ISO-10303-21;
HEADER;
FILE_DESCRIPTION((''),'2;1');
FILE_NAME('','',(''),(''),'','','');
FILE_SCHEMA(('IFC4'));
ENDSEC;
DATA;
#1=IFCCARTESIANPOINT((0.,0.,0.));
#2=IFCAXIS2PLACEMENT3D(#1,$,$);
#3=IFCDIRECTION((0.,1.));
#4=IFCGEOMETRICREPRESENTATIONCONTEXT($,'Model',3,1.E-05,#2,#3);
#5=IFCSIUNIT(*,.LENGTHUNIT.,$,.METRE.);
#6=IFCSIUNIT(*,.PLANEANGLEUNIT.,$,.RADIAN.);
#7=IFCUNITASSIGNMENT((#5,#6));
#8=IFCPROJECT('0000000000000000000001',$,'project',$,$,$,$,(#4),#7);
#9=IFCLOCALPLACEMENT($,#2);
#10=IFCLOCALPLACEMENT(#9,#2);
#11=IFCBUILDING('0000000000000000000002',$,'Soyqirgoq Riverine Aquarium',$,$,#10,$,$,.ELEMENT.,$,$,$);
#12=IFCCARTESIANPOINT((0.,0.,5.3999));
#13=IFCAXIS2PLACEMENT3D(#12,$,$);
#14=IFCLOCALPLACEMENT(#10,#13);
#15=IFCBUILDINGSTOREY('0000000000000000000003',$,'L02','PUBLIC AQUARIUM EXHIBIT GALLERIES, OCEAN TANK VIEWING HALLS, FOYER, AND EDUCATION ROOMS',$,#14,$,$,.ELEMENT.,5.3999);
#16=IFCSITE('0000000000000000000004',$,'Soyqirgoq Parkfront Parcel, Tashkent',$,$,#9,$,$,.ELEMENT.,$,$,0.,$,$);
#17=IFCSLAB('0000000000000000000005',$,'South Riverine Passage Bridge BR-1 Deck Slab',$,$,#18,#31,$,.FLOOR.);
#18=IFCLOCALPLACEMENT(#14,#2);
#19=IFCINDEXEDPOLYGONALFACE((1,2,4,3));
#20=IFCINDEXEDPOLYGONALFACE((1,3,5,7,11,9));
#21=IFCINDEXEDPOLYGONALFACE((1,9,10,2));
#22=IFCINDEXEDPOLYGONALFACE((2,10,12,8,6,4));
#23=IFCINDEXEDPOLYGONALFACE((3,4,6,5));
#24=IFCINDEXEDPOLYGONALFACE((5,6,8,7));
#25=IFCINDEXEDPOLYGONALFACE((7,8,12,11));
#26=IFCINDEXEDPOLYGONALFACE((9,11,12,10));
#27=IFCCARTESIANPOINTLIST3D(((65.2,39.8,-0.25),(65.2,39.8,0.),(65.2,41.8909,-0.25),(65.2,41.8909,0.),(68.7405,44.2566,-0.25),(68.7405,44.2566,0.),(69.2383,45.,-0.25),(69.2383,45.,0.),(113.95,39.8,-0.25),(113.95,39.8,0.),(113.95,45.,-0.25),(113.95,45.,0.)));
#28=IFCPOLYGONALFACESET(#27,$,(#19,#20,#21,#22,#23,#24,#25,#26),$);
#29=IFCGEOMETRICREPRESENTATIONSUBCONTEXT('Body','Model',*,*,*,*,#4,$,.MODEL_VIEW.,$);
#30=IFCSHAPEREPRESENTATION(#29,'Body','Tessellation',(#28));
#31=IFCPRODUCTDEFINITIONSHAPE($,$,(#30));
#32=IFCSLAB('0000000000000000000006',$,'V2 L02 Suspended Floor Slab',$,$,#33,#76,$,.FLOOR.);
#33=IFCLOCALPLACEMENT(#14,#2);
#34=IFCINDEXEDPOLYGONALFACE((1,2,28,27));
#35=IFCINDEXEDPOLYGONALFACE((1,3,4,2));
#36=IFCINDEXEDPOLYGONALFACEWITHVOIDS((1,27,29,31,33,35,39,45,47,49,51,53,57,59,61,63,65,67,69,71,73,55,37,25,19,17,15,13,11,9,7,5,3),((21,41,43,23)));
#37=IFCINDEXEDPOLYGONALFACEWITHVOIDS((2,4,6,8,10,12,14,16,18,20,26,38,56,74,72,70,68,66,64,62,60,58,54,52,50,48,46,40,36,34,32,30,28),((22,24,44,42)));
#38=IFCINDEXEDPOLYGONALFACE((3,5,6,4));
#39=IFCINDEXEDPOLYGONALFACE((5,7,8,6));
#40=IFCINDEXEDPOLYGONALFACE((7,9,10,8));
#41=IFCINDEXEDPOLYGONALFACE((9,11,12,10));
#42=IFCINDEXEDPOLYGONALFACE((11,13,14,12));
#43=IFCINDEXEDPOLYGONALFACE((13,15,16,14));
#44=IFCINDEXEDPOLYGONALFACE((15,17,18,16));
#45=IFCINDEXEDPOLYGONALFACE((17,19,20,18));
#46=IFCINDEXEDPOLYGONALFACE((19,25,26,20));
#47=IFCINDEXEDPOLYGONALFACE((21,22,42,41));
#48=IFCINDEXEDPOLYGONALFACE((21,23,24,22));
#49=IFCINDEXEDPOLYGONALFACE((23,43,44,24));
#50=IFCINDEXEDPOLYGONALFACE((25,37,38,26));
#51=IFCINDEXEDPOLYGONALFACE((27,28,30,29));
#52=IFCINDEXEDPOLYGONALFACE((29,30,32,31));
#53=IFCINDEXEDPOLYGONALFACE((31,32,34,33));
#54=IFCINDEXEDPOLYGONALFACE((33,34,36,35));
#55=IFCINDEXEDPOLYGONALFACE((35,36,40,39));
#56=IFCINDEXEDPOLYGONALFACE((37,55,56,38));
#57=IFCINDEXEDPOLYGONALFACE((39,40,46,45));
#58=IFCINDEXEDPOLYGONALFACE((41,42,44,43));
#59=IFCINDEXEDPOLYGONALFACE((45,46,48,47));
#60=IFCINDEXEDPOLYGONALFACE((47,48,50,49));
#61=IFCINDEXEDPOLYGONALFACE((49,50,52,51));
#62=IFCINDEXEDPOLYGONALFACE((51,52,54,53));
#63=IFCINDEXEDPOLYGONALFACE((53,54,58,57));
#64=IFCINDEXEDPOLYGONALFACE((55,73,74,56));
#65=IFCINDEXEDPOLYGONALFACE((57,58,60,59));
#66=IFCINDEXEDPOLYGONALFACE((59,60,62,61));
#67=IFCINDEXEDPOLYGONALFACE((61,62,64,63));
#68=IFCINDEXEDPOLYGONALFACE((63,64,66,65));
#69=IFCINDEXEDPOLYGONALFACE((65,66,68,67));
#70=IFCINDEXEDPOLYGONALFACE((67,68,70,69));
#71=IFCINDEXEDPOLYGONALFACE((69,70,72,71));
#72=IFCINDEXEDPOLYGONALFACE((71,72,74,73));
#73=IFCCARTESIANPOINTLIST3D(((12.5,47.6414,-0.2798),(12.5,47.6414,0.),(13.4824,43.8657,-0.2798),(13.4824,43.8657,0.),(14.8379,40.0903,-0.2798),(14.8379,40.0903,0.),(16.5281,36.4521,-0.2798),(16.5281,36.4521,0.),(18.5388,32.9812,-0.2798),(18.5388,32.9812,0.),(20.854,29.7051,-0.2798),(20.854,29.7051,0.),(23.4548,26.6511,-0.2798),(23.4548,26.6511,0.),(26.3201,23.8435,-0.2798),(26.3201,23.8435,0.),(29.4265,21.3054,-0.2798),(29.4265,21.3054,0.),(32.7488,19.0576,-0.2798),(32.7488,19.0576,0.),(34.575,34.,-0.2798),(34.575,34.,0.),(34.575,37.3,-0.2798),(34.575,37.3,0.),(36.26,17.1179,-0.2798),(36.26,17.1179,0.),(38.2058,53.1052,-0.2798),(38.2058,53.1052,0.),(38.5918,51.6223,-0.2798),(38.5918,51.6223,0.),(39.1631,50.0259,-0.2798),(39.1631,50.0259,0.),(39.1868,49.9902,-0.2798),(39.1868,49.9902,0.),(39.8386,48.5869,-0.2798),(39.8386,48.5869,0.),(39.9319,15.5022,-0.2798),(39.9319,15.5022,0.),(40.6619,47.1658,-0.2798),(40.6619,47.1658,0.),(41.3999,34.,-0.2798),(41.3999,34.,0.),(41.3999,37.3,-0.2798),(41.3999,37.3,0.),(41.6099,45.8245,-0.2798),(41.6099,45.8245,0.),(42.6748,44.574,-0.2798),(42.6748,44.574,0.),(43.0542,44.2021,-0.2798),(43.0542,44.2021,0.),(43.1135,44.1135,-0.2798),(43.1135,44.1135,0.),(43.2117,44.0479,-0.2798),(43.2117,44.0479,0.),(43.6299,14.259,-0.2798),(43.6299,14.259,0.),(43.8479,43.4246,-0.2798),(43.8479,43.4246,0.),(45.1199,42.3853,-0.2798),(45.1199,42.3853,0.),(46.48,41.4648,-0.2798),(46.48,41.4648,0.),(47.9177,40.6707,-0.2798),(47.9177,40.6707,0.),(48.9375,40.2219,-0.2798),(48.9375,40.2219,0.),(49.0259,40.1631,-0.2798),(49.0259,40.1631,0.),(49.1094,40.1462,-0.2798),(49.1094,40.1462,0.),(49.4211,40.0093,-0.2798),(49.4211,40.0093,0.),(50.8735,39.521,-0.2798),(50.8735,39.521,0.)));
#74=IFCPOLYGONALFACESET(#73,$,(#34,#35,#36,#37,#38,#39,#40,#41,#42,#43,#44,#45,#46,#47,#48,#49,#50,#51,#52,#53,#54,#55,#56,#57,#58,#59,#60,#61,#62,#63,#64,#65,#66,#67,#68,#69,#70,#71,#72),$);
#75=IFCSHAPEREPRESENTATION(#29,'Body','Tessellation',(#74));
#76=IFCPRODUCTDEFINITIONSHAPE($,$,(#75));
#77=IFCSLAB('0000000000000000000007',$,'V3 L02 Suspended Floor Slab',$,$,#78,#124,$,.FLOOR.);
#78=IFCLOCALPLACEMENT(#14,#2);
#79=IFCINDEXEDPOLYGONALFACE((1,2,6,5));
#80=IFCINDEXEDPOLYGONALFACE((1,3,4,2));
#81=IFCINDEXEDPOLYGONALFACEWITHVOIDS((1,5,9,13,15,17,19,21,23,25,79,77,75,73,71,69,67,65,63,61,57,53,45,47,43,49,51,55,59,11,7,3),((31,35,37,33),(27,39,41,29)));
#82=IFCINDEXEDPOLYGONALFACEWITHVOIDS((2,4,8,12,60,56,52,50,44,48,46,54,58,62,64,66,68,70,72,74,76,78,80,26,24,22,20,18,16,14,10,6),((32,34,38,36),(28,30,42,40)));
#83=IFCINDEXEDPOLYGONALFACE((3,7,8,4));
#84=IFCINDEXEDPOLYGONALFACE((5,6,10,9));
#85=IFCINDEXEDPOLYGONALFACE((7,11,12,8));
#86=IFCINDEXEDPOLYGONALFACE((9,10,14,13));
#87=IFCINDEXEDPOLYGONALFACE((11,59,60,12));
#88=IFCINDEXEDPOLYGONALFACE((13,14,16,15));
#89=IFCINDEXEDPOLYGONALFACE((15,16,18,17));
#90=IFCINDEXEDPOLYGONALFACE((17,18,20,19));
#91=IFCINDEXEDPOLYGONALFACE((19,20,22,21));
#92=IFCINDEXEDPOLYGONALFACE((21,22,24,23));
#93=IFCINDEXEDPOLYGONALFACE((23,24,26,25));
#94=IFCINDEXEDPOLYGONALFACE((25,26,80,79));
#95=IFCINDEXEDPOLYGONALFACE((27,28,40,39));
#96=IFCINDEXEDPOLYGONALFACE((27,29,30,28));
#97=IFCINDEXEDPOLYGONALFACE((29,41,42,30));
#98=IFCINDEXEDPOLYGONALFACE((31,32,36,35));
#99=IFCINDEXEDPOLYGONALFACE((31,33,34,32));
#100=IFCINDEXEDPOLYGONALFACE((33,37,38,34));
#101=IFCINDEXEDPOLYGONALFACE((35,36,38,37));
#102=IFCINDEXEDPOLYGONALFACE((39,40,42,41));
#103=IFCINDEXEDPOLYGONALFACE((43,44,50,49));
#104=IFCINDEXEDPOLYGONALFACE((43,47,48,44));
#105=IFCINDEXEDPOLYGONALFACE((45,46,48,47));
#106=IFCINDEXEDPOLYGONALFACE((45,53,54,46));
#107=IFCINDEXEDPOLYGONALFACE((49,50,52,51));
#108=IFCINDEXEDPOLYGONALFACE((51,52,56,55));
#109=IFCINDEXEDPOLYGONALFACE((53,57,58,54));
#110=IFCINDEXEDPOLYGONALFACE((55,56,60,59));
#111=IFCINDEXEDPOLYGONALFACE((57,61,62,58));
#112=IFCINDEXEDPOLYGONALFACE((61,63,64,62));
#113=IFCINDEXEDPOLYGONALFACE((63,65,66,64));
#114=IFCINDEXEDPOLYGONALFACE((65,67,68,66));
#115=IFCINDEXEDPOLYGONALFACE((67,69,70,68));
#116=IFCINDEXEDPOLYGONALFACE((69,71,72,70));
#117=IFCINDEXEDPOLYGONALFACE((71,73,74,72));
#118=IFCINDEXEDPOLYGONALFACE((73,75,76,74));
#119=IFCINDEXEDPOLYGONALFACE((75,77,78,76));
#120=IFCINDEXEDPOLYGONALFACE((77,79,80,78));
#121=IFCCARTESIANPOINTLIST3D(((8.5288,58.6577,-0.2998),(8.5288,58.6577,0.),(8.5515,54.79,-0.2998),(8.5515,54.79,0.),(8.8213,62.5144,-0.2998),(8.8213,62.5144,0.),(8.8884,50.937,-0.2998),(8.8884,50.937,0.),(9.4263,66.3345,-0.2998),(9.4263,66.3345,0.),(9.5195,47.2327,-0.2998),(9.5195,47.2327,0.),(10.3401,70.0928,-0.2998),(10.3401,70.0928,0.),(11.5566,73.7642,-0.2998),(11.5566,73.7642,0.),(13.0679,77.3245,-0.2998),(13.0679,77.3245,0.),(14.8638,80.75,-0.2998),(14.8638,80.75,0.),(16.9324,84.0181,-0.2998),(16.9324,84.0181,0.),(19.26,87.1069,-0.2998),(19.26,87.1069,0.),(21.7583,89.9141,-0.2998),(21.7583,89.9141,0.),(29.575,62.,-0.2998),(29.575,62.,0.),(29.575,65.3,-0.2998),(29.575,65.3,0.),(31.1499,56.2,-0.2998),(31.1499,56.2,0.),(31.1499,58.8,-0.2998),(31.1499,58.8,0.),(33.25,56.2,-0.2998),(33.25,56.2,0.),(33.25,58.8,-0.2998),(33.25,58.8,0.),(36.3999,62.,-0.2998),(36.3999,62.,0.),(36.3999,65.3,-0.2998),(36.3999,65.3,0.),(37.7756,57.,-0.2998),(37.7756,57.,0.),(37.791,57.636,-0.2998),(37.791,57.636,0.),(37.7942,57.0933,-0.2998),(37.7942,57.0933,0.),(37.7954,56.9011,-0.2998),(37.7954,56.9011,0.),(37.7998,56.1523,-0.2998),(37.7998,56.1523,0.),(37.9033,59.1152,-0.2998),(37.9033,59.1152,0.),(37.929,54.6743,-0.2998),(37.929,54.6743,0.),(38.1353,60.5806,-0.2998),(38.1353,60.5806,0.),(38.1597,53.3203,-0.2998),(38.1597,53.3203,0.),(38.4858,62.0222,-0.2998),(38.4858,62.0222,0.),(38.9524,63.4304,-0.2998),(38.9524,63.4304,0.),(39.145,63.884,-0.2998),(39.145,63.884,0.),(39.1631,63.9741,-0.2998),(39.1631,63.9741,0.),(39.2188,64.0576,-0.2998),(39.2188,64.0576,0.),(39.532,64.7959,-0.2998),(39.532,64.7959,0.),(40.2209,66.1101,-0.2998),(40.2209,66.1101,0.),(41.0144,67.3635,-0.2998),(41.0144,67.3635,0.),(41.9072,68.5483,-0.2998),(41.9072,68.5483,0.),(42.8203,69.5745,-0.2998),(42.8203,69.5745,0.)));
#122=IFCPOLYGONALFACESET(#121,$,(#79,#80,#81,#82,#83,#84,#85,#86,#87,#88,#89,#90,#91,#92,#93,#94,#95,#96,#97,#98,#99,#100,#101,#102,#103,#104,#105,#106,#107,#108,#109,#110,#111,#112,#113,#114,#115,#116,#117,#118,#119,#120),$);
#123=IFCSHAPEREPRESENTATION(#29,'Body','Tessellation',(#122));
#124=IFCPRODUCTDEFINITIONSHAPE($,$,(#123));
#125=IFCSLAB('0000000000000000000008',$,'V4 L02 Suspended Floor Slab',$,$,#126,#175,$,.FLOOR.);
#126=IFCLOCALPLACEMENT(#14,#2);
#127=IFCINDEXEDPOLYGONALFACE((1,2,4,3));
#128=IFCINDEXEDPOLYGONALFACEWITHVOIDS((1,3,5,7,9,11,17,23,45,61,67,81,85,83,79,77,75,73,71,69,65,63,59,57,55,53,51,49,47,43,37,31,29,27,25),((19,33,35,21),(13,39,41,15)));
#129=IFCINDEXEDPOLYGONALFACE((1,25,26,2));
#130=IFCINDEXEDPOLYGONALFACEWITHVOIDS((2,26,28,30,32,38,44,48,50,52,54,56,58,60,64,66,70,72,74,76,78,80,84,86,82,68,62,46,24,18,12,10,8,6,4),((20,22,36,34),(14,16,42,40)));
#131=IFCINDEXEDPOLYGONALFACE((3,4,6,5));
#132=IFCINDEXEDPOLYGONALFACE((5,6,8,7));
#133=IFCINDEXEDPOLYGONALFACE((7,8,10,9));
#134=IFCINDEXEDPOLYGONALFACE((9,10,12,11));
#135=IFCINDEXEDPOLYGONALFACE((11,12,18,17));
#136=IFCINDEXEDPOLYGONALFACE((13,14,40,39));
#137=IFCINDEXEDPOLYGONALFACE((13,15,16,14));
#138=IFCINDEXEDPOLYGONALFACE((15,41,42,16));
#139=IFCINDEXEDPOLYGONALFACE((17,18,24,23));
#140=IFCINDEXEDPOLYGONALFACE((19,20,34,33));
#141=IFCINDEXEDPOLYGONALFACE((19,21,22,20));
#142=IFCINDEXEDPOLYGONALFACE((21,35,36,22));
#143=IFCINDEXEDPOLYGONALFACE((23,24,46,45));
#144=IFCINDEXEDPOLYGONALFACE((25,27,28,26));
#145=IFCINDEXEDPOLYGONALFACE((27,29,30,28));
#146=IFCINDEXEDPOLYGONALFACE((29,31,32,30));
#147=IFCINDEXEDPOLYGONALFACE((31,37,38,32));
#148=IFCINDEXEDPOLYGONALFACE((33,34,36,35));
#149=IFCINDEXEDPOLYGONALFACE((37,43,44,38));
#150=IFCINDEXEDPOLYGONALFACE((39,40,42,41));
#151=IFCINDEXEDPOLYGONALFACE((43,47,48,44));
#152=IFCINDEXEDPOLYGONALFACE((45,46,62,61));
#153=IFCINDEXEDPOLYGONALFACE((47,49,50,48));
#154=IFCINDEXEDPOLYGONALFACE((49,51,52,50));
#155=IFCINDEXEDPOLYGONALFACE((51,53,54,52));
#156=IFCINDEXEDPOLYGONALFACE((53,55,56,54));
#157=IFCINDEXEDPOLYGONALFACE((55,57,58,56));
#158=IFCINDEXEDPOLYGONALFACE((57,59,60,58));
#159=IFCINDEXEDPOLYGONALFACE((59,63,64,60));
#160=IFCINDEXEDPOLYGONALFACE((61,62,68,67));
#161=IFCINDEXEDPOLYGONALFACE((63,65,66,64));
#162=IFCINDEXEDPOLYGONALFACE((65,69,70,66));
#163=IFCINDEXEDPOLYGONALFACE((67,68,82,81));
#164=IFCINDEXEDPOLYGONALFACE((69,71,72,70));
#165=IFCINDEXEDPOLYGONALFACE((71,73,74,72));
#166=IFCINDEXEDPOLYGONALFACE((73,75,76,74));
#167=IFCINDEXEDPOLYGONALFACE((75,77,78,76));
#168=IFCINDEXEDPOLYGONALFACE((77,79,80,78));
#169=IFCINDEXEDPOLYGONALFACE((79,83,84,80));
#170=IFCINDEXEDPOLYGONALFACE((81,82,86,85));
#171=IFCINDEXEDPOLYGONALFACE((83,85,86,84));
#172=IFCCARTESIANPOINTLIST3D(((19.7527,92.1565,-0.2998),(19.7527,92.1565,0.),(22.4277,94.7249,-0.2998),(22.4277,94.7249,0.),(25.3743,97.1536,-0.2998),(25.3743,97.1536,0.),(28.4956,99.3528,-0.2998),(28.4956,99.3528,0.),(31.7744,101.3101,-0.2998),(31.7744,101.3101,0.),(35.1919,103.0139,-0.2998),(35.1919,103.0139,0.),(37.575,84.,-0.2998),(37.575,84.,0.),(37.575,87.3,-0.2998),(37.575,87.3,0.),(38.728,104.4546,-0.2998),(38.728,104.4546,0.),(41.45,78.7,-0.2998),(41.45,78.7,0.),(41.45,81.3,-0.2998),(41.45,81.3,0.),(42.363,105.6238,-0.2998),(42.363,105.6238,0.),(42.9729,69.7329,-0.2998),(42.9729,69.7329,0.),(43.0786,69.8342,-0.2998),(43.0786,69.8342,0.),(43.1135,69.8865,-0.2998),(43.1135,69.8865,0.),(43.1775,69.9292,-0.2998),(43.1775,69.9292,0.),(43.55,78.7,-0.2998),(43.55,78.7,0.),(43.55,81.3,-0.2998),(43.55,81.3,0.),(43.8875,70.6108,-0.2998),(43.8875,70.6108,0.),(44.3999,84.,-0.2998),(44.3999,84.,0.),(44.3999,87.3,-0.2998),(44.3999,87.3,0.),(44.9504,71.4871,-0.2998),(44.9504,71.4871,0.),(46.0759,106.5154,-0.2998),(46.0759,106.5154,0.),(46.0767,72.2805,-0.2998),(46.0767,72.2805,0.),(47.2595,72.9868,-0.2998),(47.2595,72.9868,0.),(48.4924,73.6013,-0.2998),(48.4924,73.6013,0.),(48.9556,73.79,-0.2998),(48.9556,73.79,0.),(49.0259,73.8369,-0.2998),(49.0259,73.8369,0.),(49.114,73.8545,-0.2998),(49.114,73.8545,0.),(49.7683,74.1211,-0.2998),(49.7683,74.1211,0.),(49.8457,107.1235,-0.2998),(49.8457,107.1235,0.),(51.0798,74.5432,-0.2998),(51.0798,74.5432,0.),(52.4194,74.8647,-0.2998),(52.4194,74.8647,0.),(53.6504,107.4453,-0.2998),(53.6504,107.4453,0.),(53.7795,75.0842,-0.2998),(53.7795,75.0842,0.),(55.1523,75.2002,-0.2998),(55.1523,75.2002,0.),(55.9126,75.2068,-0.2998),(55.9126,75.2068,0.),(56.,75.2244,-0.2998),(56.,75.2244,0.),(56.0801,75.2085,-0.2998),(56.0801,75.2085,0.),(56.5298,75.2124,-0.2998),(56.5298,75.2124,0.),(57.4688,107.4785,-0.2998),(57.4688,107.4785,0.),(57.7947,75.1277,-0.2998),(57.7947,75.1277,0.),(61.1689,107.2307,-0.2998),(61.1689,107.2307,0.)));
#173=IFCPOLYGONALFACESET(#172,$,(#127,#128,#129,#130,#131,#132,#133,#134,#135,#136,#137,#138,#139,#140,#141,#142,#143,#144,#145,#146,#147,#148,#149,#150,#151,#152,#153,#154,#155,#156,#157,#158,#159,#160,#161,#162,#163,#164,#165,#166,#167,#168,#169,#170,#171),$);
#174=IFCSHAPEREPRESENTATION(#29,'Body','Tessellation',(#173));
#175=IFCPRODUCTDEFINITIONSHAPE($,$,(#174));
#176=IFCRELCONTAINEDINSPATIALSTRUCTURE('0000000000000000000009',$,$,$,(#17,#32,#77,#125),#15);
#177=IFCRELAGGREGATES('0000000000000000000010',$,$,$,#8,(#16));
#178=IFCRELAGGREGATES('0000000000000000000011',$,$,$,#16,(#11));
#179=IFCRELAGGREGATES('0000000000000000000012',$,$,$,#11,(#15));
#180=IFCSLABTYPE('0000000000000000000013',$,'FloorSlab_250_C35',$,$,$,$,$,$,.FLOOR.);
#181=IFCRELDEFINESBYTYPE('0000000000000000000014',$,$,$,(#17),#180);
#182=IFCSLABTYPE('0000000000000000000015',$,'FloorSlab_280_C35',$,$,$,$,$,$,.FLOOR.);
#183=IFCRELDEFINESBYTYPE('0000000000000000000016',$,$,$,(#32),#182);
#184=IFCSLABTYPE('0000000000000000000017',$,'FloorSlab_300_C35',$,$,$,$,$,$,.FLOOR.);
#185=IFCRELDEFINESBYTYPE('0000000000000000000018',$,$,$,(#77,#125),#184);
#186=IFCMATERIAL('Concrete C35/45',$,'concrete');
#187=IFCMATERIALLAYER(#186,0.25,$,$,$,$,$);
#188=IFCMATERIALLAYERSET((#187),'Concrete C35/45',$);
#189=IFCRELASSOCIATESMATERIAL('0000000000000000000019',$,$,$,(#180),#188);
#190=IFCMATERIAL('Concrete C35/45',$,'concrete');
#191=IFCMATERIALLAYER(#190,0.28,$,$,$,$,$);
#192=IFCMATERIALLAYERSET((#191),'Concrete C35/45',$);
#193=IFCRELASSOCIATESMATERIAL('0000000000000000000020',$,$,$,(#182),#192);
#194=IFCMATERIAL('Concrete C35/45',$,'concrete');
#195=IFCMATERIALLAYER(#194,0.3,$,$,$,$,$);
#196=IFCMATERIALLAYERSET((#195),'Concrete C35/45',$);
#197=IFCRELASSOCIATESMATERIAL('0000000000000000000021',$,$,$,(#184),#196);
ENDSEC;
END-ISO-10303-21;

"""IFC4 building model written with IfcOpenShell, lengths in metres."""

from ifc_helpers import new_model, si_unit, direction, frame, origin, place, context, subcontext, project, spatial, polyline, outline, extrude, material, layer, layer_set, type_object, element, save


model = new_model("IFC4")

# Units and contexts
model_context = context("Model", 3, precision=1e-05, world=origin(), true_north=direction((0.0, 1.0)))
body_context = subcontext(model_context, "Body", "Model", "MODEL_VIEW")
ifc_project = project(units=[si_unit("LENGTHUNIT", "METRE"), si_unit("PLANEANGLEUNIT", "RADIAN")], contexts=[model_context])

# Site, building, storey
site_placement = place(None, origin())
site = spatial("IfcSite", under=ifc_project, at=site_placement, Name="Soyqirgoq Parkfront Parcel, Tashkent", CompositionType="ELEMENT", RefElevation=0.0)
building_placement = place(site_placement, origin())
building = spatial("IfcBuilding", under=site, at=building_placement, Name="Soyqirgoq Riverine Aquarium", CompositionType="ELEMENT")
storey_placement = place(building_placement, frame((0.0, 0.0, 5.3999)))
storey = spatial("IfcBuildingStorey", under=building, at=storey_placement, Name="L02", Description="PUBLIC AQUARIUM EXHIBIT GALLERIES, OCEAN TANK VIEWING HALLS, FOYER, AND EDUCATION ROOMS", CompositionType="ELEMENT", Elevation=5.3999)

# Slabs
ifc_material_1 = material(Name="Concrete C35/45", Category="concrete")
ifc_layer_1 = layer(ifc_material_1, 0.25)
ifc_layer_set_1 = layer_set([ifc_layer_1], Name="Concrete C35/45")
slab_type_1 = type_object("IfcSlabType", Name="FloorSlab_250_C35", PredefinedType="FLOOR", material=ifc_layer_set_1)
slab_1_placement = place(storey_placement, frame((0.0, 0.0, -0.25)))
element("IfcSlab", 1, at=slab_1_placement, inside=storey, type_object=slab_type_1, Name="South Riverine Passage Bridge BR-1 Deck Slab", PredefinedType="FLOOR", context=body_context, shape_type="SweptSolid", body=[
    extrude(outline(polyline([(69.2383, 45.0), (68.7405, 44.2566), (65.2, 41.8909), (65.2, 39.8), (113.95, 39.8), (113.95, 45.0), (69.2383, 45.0)])), origin(), (0.0, 0.0, 1.0), 0.25),
])
ifc_material_2 = material(Name="Concrete C35/45", Category="concrete")
ifc_layer_2 = layer(ifc_material_2, 0.28)
ifc_layer_set_2 = layer_set([ifc_layer_2], Name="Concrete C35/45")
slab_type_2 = type_object("IfcSlabType", Name="FloorSlab_280_C35", PredefinedType="FLOOR", material=ifc_layer_set_2)
slab_2_placement = place(storey_placement, frame((0.0, 0.0, -0.2798)))
element("IfcSlab", 2, at=slab_2_placement, inside=storey, type_object=slab_type_2, Name="V2 L02 Suspended Floor Slab", PredefinedType="FLOOR", context=body_context, shape_type="SweptSolid", body=[
    extrude(outline(polyline([(38.2058, 53.1052), (12.5, 47.6414), (13.4824, 43.8657), (14.8379, 40.0903), (16.5281, 36.4521), (18.5388, 32.9812), (20.854, 29.7051), (23.4548, 26.6511), (26.3201, 23.8435), (29.4265, 21.3054), (32.7488, 19.0576), (36.26, 17.1179), (39.9319, 15.5022), (43.6299, 14.259), (50.8735, 39.521), (49.4211, 40.0093), (49.1094, 40.1462), (49.0259, 40.1631), (48.9375, 40.2219), (47.9177, 40.6707), (46.48, 41.4648), (45.1199, 42.3853), (43.8479, 43.4246), (43.2117, 44.0479), (43.1135, 44.1135), (43.0542, 44.2021), (42.6748, 44.574), (41.6099, 45.8245), (40.6619, 47.1658), (39.8386, 48.5869), (39.1868, 49.9902), (39.1631, 50.0259), (38.5918, 51.6223), (38.2058, 53.1052)]), holes=[polyline([(34.575, 34.0), (41.3999, 34.0), (41.3999, 37.3), (34.575, 37.3), (34.575, 34.0)])]), origin(), (0.0, 0.0, 1.0), 0.2798),
])
ifc_material_3 = material(Name="Concrete C35/45", Category="concrete")
ifc_layer_3 = layer(ifc_material_3, 0.3)
ifc_layer_set_3 = layer_set([ifc_layer_3], Name="Concrete C35/45")
slab_type_3 = type_object("IfcSlabType", Name="FloorSlab_300_C35", PredefinedType="FLOOR", material=ifc_layer_set_3)
slab_3_placement = place(storey_placement, frame((0.0, 0.0, -0.2998)))
element("IfcSlab", 3, at=slab_3_placement, inside=storey, type_object=slab_type_3, Name="V3 L02 Suspended Floor Slab", PredefinedType="FLOOR", context=body_context, shape_type="SweptSolid", body=[
    extrude(outline(polyline([(41.0144, 67.3635), (41.9072, 68.5483), (42.8203, 69.5745), (21.7583, 89.9141), (19.26, 87.1069), (16.9324, 84.0181), (14.8638, 80.75), (13.0679, 77.3245), (11.5566, 73.7642), (10.3401, 70.0928), (9.4263, 66.3345), (8.8213, 62.5144), (8.5288, 58.6577), (8.5515, 54.79), (8.8884, 50.937), (9.5195, 47.2327), (38.1597, 53.3203), (37.929, 54.6743), (37.7998, 56.1523), (37.7954, 56.9011), (37.7756, 57.0), (37.7942, 57.0933), (37.791, 57.636), (37.9033, 59.1152), (38.1353, 60.5806), (38.4858, 62.0222), (38.9524, 63.4304), (39.145, 63.884), (39.1631, 63.9741), (39.2188, 64.0576), (39.532, 64.7959), (40.2209, 66.1101), (41.0144, 67.3635)]), holes=[polyline([(29.575, 62.0), (36.3999, 62.0), (36.3999, 65.3), (29.575, 65.3), (29.575, 62.0)]), polyline([(31.1499, 56.2), (33.25, 56.2), (33.25, 58.8), (31.1499, 58.8), (31.1499, 56.2)])]), origin(), (0.0, 0.0, 1.0), 0.2998),
])
slab_4_placement = place(storey_placement, frame((0.0, 0.0, -0.2998)))
element("IfcSlab", 4, at=slab_4_placement, inside=storey, type_object=slab_type_3, Name="V4 L02 Suspended Floor Slab", PredefinedType="FLOOR", context=body_context, shape_type="SweptSolid", body=[
    extrude(outline(polyline([(55.1523, 75.2002), (55.9126, 75.2068), (56.0, 75.2244), (56.0801, 75.2085), (56.5298, 75.2124), (57.7947, 75.1277), (61.1689, 107.2307), (57.4688, 107.4785), (53.6504, 107.4453), (49.8457, 107.1235), (46.0759, 106.5154), (42.363, 105.6238), (38.728, 104.4546), (35.1919, 103.0139), (31.7744, 101.3101), (28.4956, 99.3528), (25.3743, 97.1536), (22.4277, 94.7249), (19.7527, 92.1565), (42.9729, 69.7329), (43.0786, 69.8342), (43.1135, 69.8865), (43.1775, 69.9292), (43.8875, 70.6108), (44.9504, 71.4871), (46.0767, 72.2805), (47.2595, 72.9868), (48.4924, 73.6013), (48.9556, 73.79), (49.0259, 73.8369), (49.114, 73.8545), (49.7683, 74.1211), (51.0798, 74.5432), (52.4194, 74.8647), (53.7795, 75.0842), (55.1523, 75.2002)]), holes=[polyline([(37.575, 84.0), (44.3999, 84.0), (44.3999, 87.3), (37.575, 87.3), (37.575, 84.0)]), polyline([(41.45, 78.7), (43.55, 78.7), (43.55, 81.3), (41.45, 81.3), (41.45, 78.7)])]), origin(), (0.0, 0.0, 1.0), 0.2998),
])

save(model, "model.ifc")
